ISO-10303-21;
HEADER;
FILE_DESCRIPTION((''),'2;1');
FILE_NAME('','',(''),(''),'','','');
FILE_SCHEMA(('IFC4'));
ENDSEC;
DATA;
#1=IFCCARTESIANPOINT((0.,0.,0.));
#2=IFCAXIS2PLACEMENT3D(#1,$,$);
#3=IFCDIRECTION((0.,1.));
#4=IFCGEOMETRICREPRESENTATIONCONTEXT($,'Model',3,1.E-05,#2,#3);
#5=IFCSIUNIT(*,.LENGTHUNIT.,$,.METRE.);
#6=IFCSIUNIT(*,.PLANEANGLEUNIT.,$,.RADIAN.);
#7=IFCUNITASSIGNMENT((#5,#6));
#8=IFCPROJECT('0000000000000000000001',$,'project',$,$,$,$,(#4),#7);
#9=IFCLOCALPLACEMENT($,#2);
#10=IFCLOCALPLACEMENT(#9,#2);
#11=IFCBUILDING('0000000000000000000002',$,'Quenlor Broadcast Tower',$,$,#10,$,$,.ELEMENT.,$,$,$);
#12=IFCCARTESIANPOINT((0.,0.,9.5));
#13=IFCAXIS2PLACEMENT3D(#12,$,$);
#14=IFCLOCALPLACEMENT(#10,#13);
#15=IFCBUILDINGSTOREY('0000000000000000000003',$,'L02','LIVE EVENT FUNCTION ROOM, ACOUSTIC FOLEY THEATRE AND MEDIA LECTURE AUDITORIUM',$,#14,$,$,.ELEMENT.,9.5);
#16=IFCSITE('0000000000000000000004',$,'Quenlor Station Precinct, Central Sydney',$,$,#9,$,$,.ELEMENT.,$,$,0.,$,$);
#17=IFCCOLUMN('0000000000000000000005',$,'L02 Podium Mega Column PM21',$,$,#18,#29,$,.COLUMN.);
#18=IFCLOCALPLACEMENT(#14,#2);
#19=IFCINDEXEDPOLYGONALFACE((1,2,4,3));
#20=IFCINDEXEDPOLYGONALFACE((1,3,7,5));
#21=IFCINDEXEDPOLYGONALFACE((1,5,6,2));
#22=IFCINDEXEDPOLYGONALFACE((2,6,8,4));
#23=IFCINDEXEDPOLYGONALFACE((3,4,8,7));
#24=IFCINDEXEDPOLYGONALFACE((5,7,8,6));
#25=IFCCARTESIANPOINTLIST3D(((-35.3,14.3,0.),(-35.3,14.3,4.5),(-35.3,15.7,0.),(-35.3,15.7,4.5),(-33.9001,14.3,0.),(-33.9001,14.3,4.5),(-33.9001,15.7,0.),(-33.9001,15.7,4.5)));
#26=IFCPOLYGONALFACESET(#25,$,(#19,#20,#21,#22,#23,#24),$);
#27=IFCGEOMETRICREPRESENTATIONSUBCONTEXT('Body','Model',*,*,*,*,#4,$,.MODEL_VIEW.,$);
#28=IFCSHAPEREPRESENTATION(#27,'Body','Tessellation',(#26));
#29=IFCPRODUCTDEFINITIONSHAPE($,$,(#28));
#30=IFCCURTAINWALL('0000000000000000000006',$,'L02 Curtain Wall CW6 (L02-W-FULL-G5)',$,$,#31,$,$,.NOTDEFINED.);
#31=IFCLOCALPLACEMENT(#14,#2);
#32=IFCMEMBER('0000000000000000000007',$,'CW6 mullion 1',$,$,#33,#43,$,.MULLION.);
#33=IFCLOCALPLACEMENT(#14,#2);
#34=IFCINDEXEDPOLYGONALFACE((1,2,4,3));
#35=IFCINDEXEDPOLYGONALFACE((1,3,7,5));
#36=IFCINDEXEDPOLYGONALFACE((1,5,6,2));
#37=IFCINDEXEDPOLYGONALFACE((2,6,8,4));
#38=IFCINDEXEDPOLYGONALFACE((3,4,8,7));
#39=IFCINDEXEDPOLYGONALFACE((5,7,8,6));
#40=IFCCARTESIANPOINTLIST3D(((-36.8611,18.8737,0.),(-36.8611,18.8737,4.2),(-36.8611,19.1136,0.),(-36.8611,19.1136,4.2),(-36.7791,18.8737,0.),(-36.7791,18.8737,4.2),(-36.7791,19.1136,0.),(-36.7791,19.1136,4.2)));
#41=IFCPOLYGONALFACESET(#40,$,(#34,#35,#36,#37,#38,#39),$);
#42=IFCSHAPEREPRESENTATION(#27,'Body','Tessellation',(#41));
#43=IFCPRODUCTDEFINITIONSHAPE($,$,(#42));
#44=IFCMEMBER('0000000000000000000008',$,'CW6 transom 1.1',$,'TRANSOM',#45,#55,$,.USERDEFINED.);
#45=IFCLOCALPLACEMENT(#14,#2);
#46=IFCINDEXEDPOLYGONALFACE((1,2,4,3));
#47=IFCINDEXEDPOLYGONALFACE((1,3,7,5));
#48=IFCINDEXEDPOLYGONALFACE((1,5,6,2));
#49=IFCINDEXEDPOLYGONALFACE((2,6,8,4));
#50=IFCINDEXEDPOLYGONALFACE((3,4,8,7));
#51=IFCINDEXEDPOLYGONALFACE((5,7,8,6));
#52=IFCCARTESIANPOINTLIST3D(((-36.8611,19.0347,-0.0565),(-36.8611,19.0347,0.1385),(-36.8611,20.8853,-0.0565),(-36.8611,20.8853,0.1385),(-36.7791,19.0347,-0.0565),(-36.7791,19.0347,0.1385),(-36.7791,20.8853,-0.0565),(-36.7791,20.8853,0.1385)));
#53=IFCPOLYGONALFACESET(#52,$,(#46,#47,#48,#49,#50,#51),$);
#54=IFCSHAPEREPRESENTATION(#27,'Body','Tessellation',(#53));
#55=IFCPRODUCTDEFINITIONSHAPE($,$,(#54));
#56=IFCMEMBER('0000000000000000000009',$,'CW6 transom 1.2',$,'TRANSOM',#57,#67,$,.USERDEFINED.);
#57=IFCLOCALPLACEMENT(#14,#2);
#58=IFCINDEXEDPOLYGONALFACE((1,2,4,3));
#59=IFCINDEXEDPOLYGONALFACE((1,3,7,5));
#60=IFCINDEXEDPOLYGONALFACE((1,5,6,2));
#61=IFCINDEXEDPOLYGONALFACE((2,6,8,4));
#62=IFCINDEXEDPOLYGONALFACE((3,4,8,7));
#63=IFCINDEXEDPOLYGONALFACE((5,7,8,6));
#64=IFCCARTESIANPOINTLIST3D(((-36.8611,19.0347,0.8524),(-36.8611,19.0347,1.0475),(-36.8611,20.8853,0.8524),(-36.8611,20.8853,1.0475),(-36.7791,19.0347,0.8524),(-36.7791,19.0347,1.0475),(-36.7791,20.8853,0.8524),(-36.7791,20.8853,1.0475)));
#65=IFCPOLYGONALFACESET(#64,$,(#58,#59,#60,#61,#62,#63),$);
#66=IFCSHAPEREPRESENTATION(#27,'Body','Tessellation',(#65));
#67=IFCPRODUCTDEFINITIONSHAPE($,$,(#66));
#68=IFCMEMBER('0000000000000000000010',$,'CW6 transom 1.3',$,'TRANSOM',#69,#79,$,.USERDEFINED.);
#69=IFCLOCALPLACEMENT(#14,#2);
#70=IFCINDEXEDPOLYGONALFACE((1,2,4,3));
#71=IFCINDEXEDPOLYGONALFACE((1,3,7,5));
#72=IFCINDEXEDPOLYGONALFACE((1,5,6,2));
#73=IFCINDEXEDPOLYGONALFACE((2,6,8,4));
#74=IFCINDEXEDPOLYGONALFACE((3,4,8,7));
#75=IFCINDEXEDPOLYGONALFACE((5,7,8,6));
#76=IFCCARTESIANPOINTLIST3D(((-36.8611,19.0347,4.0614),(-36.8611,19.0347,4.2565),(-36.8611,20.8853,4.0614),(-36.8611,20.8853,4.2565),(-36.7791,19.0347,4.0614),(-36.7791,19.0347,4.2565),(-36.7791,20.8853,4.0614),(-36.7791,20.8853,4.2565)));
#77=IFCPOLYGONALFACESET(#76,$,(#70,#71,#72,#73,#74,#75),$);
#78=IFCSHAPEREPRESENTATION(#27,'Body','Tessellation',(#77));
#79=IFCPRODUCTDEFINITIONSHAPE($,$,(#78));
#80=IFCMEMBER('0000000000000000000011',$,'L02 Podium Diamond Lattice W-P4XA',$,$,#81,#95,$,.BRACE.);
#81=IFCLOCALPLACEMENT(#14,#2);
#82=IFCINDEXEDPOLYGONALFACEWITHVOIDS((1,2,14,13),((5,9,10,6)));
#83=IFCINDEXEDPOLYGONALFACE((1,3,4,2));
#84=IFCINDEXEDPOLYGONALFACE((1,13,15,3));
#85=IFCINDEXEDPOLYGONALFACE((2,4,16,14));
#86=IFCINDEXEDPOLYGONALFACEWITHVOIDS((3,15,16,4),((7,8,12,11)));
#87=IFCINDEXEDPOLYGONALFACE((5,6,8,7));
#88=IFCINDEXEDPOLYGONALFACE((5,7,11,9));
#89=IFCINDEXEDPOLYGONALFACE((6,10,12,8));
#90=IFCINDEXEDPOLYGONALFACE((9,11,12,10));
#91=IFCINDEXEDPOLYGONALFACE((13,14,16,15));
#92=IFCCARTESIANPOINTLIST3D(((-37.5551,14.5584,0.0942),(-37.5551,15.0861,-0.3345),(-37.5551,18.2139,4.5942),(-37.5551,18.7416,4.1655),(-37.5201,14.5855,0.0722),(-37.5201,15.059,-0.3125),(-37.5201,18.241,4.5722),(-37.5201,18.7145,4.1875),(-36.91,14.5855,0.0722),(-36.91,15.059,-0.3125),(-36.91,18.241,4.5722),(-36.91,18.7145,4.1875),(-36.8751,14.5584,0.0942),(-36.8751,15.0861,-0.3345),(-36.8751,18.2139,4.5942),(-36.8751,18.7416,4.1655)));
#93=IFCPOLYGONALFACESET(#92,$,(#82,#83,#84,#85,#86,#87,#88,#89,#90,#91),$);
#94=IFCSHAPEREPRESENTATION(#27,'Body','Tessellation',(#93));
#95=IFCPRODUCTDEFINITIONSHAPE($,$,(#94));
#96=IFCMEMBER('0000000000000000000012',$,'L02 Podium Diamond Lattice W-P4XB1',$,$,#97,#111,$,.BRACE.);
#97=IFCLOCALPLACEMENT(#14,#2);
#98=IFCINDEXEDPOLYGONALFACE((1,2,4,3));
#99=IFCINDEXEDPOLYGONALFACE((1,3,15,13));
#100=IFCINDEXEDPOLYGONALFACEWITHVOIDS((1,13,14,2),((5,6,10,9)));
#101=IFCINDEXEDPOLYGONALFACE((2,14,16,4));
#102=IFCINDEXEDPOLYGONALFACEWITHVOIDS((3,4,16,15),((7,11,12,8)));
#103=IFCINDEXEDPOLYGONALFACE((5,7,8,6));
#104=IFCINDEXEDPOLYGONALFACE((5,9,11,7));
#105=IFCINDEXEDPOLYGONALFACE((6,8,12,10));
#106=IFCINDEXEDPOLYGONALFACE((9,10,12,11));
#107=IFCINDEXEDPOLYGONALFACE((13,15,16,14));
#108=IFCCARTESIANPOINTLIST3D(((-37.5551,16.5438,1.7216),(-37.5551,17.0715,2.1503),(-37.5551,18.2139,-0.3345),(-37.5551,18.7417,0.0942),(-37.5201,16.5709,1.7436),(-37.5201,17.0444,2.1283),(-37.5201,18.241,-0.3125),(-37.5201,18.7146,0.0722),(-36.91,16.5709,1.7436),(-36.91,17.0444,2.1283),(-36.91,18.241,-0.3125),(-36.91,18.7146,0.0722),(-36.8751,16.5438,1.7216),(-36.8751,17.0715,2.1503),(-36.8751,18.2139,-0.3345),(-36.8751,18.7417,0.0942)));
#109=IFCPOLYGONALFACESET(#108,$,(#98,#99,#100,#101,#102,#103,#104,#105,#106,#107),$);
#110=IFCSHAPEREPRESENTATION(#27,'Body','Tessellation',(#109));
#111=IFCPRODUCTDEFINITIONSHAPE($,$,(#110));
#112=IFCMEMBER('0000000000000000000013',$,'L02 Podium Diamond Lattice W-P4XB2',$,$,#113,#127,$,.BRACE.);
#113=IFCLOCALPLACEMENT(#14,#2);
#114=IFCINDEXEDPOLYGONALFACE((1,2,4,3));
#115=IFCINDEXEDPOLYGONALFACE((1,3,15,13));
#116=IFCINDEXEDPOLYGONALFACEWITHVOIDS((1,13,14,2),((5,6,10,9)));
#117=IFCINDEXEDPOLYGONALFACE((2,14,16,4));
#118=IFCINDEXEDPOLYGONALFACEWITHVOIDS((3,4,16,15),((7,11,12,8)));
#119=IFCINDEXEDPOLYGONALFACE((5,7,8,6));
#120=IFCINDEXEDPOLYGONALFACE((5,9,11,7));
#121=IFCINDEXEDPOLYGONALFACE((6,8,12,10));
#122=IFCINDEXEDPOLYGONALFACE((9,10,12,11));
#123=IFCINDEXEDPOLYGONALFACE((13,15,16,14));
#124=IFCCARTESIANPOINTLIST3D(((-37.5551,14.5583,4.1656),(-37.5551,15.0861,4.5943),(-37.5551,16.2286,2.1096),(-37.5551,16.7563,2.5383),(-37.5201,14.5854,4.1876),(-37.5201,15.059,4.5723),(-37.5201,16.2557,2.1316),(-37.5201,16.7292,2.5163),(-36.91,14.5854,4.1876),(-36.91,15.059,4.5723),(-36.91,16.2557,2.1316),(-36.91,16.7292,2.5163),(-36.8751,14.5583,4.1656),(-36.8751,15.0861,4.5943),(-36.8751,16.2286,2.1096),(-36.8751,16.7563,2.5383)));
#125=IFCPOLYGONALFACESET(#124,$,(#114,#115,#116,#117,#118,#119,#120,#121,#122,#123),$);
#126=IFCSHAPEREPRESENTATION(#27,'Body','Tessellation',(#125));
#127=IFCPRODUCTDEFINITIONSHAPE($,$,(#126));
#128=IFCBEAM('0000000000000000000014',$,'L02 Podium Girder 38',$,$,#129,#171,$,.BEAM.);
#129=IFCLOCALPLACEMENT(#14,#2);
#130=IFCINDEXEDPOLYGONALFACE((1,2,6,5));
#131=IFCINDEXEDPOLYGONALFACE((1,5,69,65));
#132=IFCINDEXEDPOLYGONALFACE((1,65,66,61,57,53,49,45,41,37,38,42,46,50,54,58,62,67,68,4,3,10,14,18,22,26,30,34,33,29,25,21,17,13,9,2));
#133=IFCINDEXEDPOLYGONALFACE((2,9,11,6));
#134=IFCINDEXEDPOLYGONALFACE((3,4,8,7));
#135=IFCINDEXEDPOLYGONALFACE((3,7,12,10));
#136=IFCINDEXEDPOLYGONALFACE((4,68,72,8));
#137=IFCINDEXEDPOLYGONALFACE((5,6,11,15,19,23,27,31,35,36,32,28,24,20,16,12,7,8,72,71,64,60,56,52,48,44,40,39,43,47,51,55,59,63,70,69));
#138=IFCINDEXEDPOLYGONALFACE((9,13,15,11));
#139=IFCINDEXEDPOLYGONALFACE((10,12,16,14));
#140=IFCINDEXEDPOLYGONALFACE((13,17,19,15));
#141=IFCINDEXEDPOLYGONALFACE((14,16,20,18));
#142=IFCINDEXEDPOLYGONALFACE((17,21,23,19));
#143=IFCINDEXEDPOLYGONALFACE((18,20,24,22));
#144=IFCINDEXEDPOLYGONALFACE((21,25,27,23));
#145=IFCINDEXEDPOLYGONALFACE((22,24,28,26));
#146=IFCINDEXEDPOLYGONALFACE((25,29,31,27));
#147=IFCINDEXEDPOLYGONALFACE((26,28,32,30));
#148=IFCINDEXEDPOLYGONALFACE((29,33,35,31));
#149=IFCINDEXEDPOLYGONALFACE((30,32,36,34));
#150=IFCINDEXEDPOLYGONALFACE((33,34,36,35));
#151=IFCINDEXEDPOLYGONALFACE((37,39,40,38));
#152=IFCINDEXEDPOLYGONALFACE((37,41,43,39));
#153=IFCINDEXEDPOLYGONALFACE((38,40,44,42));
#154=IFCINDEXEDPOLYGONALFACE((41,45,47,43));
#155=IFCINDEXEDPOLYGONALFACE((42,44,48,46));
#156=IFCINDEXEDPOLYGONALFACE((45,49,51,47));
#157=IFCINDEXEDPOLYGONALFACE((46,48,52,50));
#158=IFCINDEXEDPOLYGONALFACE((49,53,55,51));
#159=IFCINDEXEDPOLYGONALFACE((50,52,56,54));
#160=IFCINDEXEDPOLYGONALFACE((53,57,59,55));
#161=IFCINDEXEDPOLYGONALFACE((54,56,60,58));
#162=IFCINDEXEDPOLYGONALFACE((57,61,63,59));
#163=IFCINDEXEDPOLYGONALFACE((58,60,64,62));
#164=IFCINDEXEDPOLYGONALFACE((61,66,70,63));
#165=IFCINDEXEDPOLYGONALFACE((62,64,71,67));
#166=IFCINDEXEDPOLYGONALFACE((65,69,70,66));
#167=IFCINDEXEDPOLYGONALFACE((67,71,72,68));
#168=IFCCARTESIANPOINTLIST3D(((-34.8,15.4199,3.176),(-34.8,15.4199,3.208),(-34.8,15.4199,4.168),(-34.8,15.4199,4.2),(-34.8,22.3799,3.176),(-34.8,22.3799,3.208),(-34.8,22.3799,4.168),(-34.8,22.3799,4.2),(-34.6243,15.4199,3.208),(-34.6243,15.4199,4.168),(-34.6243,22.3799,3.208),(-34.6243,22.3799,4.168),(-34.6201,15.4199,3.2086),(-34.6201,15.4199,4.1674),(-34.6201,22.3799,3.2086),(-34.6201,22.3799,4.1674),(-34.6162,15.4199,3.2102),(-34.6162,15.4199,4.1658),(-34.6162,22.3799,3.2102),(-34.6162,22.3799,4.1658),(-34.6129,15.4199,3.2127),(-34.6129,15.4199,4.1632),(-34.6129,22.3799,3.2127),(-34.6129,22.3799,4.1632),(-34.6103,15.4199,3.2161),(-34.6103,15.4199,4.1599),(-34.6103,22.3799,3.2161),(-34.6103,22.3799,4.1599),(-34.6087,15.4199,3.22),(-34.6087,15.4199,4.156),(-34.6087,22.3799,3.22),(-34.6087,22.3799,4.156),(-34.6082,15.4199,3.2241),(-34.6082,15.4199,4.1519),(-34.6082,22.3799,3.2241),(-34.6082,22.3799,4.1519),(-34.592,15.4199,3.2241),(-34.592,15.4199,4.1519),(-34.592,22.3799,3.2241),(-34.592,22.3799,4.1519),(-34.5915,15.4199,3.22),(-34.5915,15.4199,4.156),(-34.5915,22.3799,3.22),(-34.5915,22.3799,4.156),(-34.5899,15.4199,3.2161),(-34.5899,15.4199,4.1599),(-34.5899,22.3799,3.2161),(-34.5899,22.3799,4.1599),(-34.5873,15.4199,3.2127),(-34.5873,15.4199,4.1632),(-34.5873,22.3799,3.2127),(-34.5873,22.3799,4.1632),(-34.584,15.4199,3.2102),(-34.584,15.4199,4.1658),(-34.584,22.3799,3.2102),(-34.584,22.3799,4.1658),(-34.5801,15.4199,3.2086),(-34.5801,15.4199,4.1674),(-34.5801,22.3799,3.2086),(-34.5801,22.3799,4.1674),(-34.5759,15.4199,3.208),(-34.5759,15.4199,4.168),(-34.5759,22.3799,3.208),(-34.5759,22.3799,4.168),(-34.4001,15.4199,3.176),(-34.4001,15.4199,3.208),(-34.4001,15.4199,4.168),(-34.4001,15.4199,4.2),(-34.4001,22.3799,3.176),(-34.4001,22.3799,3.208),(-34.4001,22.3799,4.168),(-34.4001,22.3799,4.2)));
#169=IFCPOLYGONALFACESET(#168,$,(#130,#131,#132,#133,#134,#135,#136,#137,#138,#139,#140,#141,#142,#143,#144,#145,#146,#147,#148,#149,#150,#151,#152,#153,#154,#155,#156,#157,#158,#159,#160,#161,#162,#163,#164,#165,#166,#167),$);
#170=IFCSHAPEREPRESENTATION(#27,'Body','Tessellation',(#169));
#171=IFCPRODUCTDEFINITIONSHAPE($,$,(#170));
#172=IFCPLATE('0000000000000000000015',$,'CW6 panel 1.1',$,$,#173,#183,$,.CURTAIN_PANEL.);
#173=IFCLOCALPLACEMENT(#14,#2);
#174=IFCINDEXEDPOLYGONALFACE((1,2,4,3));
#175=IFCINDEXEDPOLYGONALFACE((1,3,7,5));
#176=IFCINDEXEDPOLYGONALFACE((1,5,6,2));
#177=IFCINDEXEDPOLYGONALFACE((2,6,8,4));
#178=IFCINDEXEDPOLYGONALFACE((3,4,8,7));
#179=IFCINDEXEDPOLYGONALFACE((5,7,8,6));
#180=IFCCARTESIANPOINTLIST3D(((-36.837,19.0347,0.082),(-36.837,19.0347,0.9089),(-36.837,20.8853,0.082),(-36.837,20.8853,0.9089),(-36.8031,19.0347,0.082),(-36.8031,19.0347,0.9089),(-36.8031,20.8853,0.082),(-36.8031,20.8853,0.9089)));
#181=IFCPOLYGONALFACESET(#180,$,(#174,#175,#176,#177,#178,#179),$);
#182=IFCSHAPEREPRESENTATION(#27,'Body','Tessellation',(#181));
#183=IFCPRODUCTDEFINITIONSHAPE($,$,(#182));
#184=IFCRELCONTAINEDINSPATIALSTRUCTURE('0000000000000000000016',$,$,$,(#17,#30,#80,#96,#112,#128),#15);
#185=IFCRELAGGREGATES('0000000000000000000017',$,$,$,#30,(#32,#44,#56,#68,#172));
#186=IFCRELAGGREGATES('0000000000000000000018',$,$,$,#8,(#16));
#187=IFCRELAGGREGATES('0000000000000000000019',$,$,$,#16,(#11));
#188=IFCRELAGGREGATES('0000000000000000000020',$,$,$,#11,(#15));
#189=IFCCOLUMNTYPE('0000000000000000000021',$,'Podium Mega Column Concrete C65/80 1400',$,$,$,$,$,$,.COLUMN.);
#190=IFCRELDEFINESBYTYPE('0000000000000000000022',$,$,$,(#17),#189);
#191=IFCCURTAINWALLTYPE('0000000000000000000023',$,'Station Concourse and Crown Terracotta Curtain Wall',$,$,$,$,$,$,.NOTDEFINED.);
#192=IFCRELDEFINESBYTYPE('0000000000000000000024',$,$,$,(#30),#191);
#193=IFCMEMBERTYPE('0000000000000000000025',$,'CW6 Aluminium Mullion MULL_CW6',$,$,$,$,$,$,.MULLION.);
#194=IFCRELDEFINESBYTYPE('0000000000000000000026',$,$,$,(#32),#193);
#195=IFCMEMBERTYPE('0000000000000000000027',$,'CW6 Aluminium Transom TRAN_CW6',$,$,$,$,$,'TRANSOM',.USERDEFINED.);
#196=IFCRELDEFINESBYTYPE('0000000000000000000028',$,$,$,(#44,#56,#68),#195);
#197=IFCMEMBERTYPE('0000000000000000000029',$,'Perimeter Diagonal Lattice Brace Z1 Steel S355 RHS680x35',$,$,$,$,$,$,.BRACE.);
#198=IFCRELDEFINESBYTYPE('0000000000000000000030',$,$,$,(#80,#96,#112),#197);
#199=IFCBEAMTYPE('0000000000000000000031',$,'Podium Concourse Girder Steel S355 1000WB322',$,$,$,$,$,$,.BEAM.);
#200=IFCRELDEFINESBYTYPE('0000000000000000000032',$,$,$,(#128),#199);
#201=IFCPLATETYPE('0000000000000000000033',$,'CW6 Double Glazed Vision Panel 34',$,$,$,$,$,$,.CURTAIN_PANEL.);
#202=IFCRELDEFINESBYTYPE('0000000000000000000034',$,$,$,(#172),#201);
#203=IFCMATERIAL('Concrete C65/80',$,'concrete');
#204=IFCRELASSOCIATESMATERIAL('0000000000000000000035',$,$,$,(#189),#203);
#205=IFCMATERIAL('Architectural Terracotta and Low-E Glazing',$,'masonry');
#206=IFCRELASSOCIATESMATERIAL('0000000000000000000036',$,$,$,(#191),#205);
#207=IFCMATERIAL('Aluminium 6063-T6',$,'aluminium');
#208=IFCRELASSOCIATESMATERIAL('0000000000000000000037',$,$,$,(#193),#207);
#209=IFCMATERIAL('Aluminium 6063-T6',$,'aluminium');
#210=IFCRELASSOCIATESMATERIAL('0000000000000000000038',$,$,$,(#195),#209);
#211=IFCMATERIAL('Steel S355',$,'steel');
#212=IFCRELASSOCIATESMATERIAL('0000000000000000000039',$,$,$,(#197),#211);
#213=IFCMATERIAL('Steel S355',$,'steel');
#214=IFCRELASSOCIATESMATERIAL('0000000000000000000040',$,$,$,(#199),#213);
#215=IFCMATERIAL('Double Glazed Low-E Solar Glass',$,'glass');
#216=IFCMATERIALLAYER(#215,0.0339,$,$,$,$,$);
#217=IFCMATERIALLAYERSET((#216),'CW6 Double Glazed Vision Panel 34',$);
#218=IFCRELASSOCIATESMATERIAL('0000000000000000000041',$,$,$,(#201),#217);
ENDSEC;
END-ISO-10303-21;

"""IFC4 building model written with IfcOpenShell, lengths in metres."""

from ifc_helpers import new_model, si_unit, direction, frame, origin, origin_2d, place, context, subcontext, project, spatial, rectangle, hollow_rectangle, i_section, extrude, material, layer, layer_set, material_profile, profile_set, type_object, element, aggregate, save


model = new_model("IFC4")

# Units and contexts
model_context = context("Model", 3, precision=1e-05, world=origin(), true_north=direction((0.0, 1.0)))
body_context = subcontext(model_context, "Body", "Model", "MODEL_VIEW")
ifc_project = project(units=[si_unit("LENGTHUNIT", "METRE"), si_unit("PLANEANGLEUNIT", "RADIAN")], contexts=[model_context])

# Site, building, storey
site_placement = place(None, origin())
site = spatial("IfcSite", under=ifc_project, at=site_placement, Name="Quenlor Station Precinct, Central Sydney", CompositionType="ELEMENT", RefElevation=0.0)
building_placement = place(site_placement, origin())
building = spatial("IfcBuilding", under=site, at=building_placement, Name="Quenlor Broadcast Tower", CompositionType="ELEMENT")
storey_placement = place(building_placement, frame((0.0, 0.0, 9.5)))
storey = spatial("IfcBuildingStorey", under=building, at=storey_placement, Name="L02", Description="LIVE EVENT FUNCTION ROOM, ACOUSTIC FOLEY THEATRE AND MEDIA LECTURE AUDITORIUM", CompositionType="ELEMENT", Elevation=9.5)

# Column
ifc_material_1 = material(Name="Concrete C65/80", Category="concrete")
ifc_material_profile_1 = material_profile(ifc_material_1, rectangle(XDim=1.3999, YDim=1.3999, at=origin_2d()))
ifc_profile_set_1 = profile_set([ifc_material_profile_1], Name="Concrete C65/80 RC1400x1400")
column_type = type_object("IfcColumnType", Name="Podium Mega Column Concrete C65/80 1400", PredefinedType="COLUMN", material=ifc_profile_set_1)
column_placement = place(storey_placement, frame((-34.6001, 15.0, 0.0), z_axis=(0.0, 0.0, 1.0), x_axis=(1.0, 0.0, 0.0)))
element("IfcColumn", 1, at=column_placement, inside=storey, type_object=column_type, Name="L02 Podium Mega Column PM21", PredefinedType="COLUMN", context=body_context, shape_type="SweptSolid", body=[
    extrude(rectangle(XDim=1.3999, YDim=1.3999, at=origin_2d()), origin(), (0.0, 0.0, 1.0), 4.5),
])

# Curtain wall, members
ifc_material_2 = material(Name="Architectural Terracotta and Low-E Glazing", Category="masonry")
curtain_wall_type = type_object("IfcCurtainWallType", Name="Station Concourse and Crown Terracotta Curtain Wall", PredefinedType="NOTDEFINED", material=ifc_material_2)
curtain_wall_placement = place(storey_placement, origin())
curtain_wall = element("IfcCurtainWall", 2, at=curtain_wall_placement, inside=storey, type_object=curtain_wall_type, Name="L02 Curtain Wall CW6 (L02-W-FULL-G5)", PredefinedType="NOTDEFINED")
ifc_material_3 = material(Name="Aluminium 6063-T6", Category="aluminium")
ifc_material_profile_2 = material_profile(ifc_material_3, rectangle(XDim=0.082, YDim=0.24, at=origin_2d()))
ifc_profile_set_2 = profile_set([ifc_material_profile_2], Name="Aluminium 6063-T6 MULL82x240")
member_type_1 = type_object("IfcMemberType", Name="CW6 Aluminium Mullion MULL_CW6", PredefinedType="MULLION", material=ifc_profile_set_2)
member_1_placement = place(storey_placement, frame((-36.8201, 18.9937, 0.0), z_axis=(0.0, 0.0, 1.0), x_axis=(-1.0, 0.0, 0.0)))
member_1 = element("IfcMember", 3, at=member_1_placement, type_object=member_type_1, Name="CW6 mullion 1", PredefinedType="MULLION", context=body_context, shape_type="SweptSolid", body=[
    extrude(rectangle(XDim=0.082, YDim=0.24, at=origin_2d()), origin(), (0.0, 0.0, 1.0), 4.2),
])
ifc_material_4 = material(Name="Aluminium 6063-T6", Category="aluminium")
ifc_material_profile_3 = material_profile(ifc_material_4, rectangle(XDim=0.082, YDim=0.1951, at=origin_2d()))
ifc_profile_set_3 = profile_set([ifc_material_profile_3], Name="Aluminium 6063-T6 TRAN82x195")
member_type_2 = type_object("IfcMemberType", Name="CW6 Aluminium Transom TRAN_CW6", ElementType="TRANSOM", PredefinedType="USERDEFINED", material=ifc_profile_set_3)
member_2_placement = place(storey_placement, frame((-36.8201, 19.0347, 0.041), z_axis=(0.0, 1.0, 0.0), x_axis=(-1.0, 0.0, 0.0)))
member_2 = element("IfcMember", 4, at=member_2_placement, type_object=member_type_2, Name="CW6 transom 1.1", ObjectType="TRANSOM", PredefinedType="USERDEFINED", context=body_context, shape_type="SweptSolid", body=[
    extrude(rectangle(XDim=0.082, YDim=0.1951, at=origin_2d()), origin(), (0.0, 0.0, 1.0), 1.8506),
])
member_3_placement = place(storey_placement, frame((-36.8201, 19.0347, 0.95), z_axis=(0.0, 1.0, 0.0), x_axis=(-1.0, 0.0, 0.0)))
member_3 = element("IfcMember", 5, at=member_3_placement, type_object=member_type_2, Name="CW6 transom 1.2", ObjectType="TRANSOM", PredefinedType="USERDEFINED", context=body_context, shape_type="SweptSolid", body=[
    extrude(rectangle(XDim=0.082, YDim=0.1951, at=origin_2d()), origin(), (0.0, 0.0, 1.0), 1.8506),
])
member_4_placement = place(storey_placement, frame((-36.8201, 19.0347, 4.1589), z_axis=(0.0, 1.0, 0.0), x_axis=(-1.0, 0.0, 0.0)))
member_4 = element("IfcMember", 6, at=member_4_placement, type_object=member_type_2, Name="CW6 transom 1.3", ObjectType="TRANSOM", PredefinedType="USERDEFINED", context=body_context, shape_type="SweptSolid", body=[
    extrude(rectangle(XDim=0.082, YDim=0.1951, at=origin_2d()), origin(), (0.0, 0.0, 1.0), 1.8506),
])

# Members
ifc_material_5 = material(Name="Steel S355", Category="steel")
ifc_material_profile_4 = material_profile(ifc_material_5, hollow_rectangle(XDim=0.6799, YDim=0.6799, WallThickness=0.0349, at=origin_2d()))
ifc_profile_set_4 = profile_set([ifc_material_profile_4], Name="Steel S355 RHS680x680x35")
member_type_3 = type_object("IfcMemberType", Name="Perimeter Diagonal Lattice Brace Z1 Steel S355 RHS680x35", PredefinedType="BRACE", material=ifc_profile_set_4)
member_5_placement = place(storey_placement, frame((-37.2151, 14.8223, -0.1201), z_axis=(0.0, 0.630517, 0.776176), x_axis=(-1.0, 0.0, 0.0)))
element("IfcMember", 7, at=member_5_placement, inside=storey, type_object=member_type_3, Name="L02 Podium Diamond Lattice W-P4XA", PredefinedType="BRACE", context=body_context, shape_type="SweptSolid", body=[
    extrude(hollow_rectangle(XDim=0.6799, YDim=0.6799, WallThickness=0.0349, at=origin_2d()), origin(), (0.0, 0.0, 1.0), 5.7976),
])
for number, where, z_axis, x_axis, name in (
    (8, (-37.2151, 18.4778, -0.1201), (0.0, -0.630489, 0.776199), (1.0, 0.0, 0.0), "L02 Podium Diamond Lattice W-P4XB1"),
    (9, (-37.2151, 16.4924, 2.324), (0.0, -0.630534, 0.776162), (1.0, 0.0, 0.0), "L02 Podium Diamond Lattice W-P4XB2"),
):
    element("IfcMember", number, at=place(storey_placement, frame(where, z_axis=z_axis, x_axis=x_axis)), inside=storey, type_object=member_type_3, Name=name, PredefinedType="BRACE", context=body_context, shape_type="SweptSolid", body=[
        extrude(hollow_rectangle(XDim=0.6799, YDim=0.6799, WallThickness=0.0349, at=origin_2d()), origin(), (0.0, 0.0, 1.0), 2.6489),
    ])

# Beam
ifc_material_6 = material(Name="Steel S355", Category="steel")
ifc_material_profile_5 = material_profile(ifc_material_6, i_section(OverallWidth=0.3999, OverallDepth=1.0239, WebThickness=0.0161, FlangeThickness=0.032, FilletRadius=0.0161, at=origin_2d()))
ifc_profile_set_5 = profile_set([ifc_material_profile_5], Name="Steel S355 1000WB322")
beam_type = type_object("IfcBeamType", Name="Podium Concourse Girder Steel S355 1000WB322", PredefinedType="BEAM", material=ifc_profile_set_5)
beam_placement = place(storey_placement, frame((-34.6001, 15.4199, 3.688), z_axis=(0.0, 1.0, 0.0), x_axis=(-1.0, 0.0, 0.0)))
element("IfcBeam", 10, at=beam_placement, inside=storey, type_object=beam_type, Name="L02 Podium Girder 38", PredefinedType="BEAM", context=body_context, shape_type="SweptSolid", body=[
    extrude(i_section(OverallWidth=0.3999, OverallDepth=1.0239, WebThickness=0.0161, FlangeThickness=0.032, FilletRadius=0.0161, at=origin_2d()), origin(), (0.0, 0.0, 1.0), 6.96),
])

# Plate
ifc_material_7 = material(Name="Double Glazed Low-E Solar Glass", Category="glass")
ifc_layer_1 = layer(ifc_material_7, 0.0339)
ifc_layer_set_1 = layer_set([ifc_layer_1], Name="CW6 Double Glazed Vision Panel 34")
plate_type_1 = type_object("IfcPlateType", Name="CW6 Double Glazed Vision Panel 34", PredefinedType="CURTAIN_PANEL", material=ifc_layer_set_1)
plate_1_placement = place(storey_placement, frame((-36.8201, 19.96, 0.082), z_axis=(0.0, 0.0, 1.0), x_axis=(0.0, 1.0, 0.0)))
plate_1 = element("IfcPlate", 11, at=plate_1_placement, type_object=plate_type_1, Name="CW6 panel 1.1", PredefinedType="CURTAIN_PANEL", context=body_context, shape_type="SweptSolid", body=[
    extrude(rectangle(XDim=1.8506, YDim=0.0339, at=origin_2d()), origin(), (0.0, 0.0, 1.0), 0.8269),
])
aggregate(curtain_wall, [member_1, member_2, member_3, member_4, plate_1])

save(model, "model.ifc")
